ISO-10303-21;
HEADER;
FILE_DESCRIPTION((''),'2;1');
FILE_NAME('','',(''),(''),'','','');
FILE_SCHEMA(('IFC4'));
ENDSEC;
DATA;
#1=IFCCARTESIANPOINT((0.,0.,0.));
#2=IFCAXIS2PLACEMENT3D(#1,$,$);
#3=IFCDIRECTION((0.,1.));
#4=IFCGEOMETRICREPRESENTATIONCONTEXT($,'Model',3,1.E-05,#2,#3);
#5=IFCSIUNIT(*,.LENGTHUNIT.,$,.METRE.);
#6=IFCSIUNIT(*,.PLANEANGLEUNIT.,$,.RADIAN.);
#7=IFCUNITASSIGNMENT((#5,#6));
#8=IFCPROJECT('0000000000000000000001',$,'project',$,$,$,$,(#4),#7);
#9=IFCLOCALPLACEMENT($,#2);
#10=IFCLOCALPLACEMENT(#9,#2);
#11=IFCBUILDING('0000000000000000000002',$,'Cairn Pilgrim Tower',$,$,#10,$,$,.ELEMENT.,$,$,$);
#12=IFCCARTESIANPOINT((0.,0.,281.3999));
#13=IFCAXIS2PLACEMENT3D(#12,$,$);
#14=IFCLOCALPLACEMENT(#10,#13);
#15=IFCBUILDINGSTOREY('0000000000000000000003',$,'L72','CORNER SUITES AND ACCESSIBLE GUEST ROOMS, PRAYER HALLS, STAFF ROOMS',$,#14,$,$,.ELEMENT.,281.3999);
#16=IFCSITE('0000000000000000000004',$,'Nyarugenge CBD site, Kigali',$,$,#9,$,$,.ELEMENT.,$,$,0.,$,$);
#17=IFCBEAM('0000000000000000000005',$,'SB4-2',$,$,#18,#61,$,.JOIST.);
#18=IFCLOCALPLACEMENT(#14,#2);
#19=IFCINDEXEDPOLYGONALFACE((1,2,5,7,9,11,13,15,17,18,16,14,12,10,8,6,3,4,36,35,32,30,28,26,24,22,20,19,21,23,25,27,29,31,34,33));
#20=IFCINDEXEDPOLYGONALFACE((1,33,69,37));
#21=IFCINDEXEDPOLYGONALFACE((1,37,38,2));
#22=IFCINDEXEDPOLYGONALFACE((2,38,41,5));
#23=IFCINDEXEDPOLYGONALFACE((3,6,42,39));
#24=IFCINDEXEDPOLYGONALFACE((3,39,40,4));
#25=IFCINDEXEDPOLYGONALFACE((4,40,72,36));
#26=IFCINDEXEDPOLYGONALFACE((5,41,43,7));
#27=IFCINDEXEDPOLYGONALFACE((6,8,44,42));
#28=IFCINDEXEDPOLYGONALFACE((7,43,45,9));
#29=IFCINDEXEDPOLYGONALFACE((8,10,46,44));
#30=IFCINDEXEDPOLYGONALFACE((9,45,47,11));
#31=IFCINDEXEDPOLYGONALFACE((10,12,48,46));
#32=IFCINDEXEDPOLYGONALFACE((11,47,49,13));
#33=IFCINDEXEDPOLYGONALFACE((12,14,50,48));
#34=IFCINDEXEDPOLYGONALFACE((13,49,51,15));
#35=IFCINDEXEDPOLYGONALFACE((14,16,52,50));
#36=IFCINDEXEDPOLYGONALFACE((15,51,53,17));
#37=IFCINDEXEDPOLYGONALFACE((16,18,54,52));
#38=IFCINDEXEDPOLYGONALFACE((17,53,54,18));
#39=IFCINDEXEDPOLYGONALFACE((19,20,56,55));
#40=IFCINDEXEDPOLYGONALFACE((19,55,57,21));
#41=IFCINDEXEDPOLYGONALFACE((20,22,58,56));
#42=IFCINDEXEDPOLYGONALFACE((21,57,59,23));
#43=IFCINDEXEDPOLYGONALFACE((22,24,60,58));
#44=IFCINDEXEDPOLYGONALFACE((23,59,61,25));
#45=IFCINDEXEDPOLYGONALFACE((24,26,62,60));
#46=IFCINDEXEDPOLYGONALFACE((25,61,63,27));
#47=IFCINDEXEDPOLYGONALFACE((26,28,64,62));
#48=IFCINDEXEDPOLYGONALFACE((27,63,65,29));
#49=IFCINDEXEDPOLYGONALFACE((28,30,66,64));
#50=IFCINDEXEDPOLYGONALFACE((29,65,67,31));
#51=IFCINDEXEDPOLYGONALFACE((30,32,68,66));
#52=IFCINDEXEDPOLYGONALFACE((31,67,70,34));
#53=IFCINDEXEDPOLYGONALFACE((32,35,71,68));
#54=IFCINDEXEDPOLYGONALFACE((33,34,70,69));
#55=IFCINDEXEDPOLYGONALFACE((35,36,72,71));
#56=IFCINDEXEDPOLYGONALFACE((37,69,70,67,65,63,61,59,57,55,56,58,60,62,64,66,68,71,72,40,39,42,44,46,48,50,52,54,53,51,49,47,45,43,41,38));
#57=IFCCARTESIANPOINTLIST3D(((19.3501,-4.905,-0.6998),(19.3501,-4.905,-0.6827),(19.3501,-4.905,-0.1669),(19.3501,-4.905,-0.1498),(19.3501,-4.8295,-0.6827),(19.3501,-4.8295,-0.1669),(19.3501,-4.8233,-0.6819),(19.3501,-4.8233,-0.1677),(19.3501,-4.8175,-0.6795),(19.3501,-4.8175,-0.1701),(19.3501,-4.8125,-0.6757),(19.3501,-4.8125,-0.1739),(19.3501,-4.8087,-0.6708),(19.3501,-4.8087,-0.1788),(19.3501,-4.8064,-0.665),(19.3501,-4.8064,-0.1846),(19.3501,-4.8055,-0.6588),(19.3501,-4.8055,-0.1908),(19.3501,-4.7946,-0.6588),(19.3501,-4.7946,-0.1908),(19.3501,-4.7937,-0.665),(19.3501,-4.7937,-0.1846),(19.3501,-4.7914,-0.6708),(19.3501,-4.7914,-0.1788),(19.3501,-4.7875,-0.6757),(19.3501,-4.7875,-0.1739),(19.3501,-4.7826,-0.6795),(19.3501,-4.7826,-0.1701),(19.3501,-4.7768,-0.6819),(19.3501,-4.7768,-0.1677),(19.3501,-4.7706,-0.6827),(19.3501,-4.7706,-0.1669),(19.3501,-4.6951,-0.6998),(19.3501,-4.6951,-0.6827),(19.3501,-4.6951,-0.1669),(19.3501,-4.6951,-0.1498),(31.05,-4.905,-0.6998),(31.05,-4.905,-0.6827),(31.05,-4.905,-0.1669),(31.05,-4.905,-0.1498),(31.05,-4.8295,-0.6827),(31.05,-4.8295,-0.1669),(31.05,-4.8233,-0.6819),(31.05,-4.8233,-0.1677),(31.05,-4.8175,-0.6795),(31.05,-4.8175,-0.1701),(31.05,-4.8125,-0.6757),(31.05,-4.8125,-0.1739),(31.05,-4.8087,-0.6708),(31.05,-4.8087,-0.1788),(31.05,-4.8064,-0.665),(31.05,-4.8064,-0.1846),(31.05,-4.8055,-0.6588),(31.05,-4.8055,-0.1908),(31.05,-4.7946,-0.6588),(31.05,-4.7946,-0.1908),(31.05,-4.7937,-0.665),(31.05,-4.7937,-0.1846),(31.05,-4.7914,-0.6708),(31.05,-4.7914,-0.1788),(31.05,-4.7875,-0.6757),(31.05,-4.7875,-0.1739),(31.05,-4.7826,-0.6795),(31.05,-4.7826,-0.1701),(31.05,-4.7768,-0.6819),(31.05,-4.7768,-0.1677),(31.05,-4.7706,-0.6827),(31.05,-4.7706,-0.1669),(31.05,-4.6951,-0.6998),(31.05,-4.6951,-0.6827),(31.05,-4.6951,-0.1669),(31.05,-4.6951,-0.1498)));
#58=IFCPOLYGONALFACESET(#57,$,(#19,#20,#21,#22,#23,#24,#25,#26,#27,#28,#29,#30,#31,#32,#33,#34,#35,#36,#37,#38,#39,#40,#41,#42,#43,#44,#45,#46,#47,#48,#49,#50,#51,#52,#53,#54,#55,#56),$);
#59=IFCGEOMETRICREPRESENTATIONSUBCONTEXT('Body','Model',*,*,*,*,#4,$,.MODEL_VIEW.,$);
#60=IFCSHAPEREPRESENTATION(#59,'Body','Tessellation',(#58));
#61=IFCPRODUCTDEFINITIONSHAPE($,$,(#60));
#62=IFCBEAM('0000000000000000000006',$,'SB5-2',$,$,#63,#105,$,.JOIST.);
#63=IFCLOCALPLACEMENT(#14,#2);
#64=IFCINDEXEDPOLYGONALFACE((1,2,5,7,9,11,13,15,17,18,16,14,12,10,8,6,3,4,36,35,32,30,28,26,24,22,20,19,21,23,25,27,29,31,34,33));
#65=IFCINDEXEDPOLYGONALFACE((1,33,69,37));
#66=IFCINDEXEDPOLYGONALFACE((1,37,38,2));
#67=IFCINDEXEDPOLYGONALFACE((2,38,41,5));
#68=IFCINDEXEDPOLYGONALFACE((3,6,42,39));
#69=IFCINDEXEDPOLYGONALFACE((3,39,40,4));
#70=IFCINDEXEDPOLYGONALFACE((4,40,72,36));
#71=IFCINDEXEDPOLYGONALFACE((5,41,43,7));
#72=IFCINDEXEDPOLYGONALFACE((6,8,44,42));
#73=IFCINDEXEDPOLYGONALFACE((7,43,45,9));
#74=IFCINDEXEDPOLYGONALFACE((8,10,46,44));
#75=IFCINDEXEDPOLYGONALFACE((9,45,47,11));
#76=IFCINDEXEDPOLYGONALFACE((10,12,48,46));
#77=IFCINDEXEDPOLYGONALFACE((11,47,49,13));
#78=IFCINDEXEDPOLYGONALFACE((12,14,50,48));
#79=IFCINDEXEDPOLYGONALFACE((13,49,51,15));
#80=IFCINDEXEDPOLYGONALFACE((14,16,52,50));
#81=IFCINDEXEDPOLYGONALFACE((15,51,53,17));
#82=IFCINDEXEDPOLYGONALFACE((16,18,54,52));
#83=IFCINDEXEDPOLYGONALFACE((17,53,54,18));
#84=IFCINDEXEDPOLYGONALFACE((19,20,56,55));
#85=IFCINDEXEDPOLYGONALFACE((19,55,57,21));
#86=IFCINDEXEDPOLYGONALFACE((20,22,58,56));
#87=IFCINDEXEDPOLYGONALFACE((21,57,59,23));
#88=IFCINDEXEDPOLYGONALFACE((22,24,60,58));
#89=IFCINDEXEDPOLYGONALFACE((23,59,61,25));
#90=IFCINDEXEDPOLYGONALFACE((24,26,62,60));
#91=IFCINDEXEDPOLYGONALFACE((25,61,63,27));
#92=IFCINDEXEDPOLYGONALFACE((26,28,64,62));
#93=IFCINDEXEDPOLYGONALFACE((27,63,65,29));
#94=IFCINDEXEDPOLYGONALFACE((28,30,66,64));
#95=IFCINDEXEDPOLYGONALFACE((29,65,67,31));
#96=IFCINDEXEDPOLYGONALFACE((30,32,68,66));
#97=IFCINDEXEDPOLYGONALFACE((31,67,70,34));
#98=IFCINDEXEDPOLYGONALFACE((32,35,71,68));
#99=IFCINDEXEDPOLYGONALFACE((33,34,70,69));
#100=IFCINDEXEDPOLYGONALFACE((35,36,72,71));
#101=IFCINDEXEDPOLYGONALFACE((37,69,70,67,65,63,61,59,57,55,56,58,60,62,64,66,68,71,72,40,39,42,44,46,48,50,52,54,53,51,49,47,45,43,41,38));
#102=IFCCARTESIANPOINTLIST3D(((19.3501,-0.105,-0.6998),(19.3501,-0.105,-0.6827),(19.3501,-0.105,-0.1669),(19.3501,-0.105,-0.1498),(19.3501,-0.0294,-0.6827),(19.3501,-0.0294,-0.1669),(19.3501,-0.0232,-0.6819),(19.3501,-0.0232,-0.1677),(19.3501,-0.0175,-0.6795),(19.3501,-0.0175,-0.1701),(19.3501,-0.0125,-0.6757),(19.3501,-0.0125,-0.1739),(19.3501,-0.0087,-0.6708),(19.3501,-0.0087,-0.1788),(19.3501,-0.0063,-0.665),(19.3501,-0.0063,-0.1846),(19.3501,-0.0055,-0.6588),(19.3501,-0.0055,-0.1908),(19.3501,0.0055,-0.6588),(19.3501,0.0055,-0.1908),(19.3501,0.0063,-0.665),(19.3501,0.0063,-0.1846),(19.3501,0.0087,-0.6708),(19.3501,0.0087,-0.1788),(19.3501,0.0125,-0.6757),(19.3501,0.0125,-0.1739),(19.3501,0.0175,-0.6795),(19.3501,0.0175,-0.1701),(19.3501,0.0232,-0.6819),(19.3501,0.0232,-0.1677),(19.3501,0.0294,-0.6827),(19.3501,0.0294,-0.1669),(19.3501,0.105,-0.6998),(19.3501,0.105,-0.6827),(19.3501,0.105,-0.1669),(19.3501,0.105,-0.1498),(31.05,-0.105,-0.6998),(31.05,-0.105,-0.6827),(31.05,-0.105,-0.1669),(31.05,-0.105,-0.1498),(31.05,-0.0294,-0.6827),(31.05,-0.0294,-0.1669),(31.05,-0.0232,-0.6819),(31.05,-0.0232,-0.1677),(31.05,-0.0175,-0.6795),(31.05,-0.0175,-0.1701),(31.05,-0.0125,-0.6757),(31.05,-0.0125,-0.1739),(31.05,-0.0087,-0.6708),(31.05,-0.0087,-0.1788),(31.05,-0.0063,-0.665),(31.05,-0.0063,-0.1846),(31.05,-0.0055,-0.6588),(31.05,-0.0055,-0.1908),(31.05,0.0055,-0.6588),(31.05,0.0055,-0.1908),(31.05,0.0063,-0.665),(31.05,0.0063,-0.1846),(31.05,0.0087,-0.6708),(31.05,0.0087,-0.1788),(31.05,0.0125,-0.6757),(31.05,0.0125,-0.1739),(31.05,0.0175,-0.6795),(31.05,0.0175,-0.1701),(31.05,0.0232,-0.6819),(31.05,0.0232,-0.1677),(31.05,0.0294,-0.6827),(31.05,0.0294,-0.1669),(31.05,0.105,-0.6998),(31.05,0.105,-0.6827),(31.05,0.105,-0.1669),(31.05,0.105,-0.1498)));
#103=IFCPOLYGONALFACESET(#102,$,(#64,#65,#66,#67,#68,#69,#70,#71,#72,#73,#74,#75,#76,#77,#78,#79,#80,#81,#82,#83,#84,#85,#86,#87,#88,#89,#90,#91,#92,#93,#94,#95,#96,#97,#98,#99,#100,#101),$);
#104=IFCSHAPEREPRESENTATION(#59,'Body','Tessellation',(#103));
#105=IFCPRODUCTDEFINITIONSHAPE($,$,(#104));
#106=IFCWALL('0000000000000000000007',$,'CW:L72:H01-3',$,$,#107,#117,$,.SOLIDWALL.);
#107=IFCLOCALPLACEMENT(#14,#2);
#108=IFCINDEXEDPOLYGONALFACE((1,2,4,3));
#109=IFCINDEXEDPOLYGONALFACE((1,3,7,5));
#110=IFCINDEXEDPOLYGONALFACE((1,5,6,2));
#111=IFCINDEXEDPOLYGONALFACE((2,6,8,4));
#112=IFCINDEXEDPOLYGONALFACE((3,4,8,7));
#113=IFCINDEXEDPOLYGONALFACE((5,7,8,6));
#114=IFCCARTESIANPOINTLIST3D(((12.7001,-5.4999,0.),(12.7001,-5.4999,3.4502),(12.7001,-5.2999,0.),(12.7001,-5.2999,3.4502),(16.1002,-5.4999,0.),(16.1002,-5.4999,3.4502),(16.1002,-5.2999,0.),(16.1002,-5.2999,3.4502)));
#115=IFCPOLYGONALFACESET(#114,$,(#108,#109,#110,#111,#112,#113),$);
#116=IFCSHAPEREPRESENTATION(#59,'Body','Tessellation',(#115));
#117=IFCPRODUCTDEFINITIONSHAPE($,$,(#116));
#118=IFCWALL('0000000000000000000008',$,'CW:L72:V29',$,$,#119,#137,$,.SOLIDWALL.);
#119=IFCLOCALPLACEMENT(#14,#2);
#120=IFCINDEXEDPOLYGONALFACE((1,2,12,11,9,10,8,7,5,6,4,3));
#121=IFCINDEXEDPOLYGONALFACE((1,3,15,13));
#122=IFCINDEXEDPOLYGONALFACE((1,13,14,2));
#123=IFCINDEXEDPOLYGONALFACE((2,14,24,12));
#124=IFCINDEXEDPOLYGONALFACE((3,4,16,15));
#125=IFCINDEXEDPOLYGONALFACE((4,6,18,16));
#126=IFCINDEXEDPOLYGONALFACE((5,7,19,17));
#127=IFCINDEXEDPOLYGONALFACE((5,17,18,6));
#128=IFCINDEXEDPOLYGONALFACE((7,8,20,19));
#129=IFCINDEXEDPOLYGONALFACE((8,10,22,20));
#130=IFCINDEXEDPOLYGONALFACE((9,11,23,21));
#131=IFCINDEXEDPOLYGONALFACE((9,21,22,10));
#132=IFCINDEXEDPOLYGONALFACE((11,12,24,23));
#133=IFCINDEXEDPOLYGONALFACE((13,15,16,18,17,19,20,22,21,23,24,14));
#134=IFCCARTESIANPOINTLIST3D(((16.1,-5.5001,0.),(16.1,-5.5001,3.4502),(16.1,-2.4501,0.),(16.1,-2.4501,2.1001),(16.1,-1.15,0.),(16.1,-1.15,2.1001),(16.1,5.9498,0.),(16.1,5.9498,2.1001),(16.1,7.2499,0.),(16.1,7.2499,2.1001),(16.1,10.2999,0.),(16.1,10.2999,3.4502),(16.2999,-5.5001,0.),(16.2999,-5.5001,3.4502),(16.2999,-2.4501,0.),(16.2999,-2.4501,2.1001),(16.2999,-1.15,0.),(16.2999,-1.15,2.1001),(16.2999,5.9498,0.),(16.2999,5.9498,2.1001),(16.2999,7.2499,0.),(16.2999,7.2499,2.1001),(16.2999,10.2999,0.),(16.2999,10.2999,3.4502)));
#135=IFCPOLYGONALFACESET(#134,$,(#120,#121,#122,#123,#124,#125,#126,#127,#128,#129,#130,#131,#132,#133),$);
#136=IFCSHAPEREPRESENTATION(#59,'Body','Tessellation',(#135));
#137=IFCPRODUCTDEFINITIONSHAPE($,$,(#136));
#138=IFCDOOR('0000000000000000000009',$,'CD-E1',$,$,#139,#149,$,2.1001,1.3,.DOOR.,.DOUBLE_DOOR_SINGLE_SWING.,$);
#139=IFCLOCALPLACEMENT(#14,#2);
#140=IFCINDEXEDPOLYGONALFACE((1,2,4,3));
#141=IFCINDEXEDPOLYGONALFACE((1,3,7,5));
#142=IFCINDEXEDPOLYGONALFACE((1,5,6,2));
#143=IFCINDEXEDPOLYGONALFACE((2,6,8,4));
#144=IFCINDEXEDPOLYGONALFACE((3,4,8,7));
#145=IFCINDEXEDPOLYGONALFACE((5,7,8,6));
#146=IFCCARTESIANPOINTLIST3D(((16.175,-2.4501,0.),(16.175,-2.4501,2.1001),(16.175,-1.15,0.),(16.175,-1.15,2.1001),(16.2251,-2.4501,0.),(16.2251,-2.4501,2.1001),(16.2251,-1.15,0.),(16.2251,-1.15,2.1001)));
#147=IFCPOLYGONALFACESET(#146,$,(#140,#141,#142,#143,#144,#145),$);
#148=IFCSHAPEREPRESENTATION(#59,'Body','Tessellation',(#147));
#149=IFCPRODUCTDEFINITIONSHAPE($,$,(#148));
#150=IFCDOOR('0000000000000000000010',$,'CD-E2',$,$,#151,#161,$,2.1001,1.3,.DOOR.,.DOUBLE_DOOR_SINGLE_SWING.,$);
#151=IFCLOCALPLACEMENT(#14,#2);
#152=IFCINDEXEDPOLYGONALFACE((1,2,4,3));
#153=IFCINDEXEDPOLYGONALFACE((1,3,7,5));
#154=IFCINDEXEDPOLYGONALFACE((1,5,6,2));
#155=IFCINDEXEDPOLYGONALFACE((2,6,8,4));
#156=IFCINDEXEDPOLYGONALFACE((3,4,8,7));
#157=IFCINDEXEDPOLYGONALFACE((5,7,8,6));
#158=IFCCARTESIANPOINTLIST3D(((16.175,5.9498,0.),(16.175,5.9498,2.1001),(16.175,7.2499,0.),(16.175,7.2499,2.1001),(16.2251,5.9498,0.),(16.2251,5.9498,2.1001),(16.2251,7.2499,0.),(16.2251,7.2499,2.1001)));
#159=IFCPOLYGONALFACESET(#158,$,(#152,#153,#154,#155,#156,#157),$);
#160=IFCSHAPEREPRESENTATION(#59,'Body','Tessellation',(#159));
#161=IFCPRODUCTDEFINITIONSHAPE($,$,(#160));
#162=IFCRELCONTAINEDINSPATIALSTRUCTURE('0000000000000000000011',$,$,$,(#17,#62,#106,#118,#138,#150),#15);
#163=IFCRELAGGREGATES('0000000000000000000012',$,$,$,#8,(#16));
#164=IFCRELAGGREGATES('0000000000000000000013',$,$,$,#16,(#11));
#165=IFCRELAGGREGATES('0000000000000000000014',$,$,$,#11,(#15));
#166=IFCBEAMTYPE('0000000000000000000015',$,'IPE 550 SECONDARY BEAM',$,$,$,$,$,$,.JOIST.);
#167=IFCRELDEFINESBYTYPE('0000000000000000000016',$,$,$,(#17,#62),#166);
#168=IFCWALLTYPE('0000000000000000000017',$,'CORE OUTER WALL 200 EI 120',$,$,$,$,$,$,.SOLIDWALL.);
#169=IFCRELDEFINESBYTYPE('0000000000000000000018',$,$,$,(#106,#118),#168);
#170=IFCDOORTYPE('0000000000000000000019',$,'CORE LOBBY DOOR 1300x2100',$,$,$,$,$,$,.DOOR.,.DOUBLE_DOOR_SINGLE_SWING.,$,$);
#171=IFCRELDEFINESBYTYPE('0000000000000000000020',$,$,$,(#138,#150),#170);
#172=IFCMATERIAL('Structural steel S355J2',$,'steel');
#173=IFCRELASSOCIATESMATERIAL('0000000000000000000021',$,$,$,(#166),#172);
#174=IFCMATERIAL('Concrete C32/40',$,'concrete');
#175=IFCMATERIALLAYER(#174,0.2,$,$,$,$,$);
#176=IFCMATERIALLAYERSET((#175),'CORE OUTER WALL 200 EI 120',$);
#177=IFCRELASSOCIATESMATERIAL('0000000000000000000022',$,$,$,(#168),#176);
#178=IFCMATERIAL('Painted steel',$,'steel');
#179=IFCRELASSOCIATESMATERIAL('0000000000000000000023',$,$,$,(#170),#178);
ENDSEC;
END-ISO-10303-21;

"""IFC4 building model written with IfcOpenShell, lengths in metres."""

from ifc_helpers import new_model, si_unit, direction, frame, frame_2d, origin, origin_2d, place, context, subcontext, project, spatial, rectangle, i_section, extrude, material, layer, layer_set, material_profile, profile_set, type_object, element, fill, save


model = new_model("IFC4")

# Units and contexts
model_context = context("Model", 3, precision=1e-05, world=origin(), true_north=direction((0.0, 1.0)))
body_context = subcontext(model_context, "Body", "Model", "MODEL_VIEW")
ifc_project = project(units=[si_unit("LENGTHUNIT", "METRE"), si_unit("PLANEANGLEUNIT", "RADIAN")], contexts=[model_context])

# Site, building, storey
site_placement = place(None, origin())
site = spatial("IfcSite", under=ifc_project, at=site_placement, Name="Nyarugenge CBD site, Kigali", CompositionType="ELEMENT", RefElevation=0.0)
building_placement = place(site_placement, origin())
building = spatial("IfcBuilding", under=site, at=building_placement, Name="Cairn Pilgrim Tower", CompositionType="ELEMENT")
storey_placement = place(building_placement, frame((0.0, 0.0, 281.3999)))
storey = spatial("IfcBuildingStorey", under=building, at=storey_placement, Name="L72", Description="CORNER SUITES AND ACCESSIBLE GUEST ROOMS, PRAYER HALLS, STAFF ROOMS", CompositionType="ELEMENT", Elevation=281.3999)

# Shared definitions
ifc_material_1 = material(Name="Structural steel S355J2", Category="steel")

# Beams
ifc_material_profile_1 = material_profile(ifc_material_1, i_section(OverallWidth=0.21, OverallDepth=0.55, WebThickness=0.011, FlangeThickness=0.0171, FilletRadius=0.0239, at=origin_2d()), Name="IPE 550")
ifc_profile_set_1 = profile_set([ifc_material_profile_1], Name="Structural steel S355J2")
beam_type_1 = type_object("IfcBeamType", Name="IPE 550 SECONDARY BEAM", PredefinedType="JOIST", material=ifc_profile_set_1)
for number, where, z_axis, x_axis, name in (
    (1, (19.3501, -4.8, -0.4248), (1.0, 0.0, 0.0), (0.0, 1.0, 0.0), "SB4-2"),
    (2, (19.3501, 0.0, -0.4248), (1.0, 0.0, 0.0), (0.0, 1.0, 0.0), "SB5-2"),
):
    element("IfcBeam", number, at=place(storey_placement, frame(where, z_axis=z_axis, x_axis=x_axis)), inside=storey, type_object=beam_type_1, Name=name, PredefinedType="JOIST", context=body_context, shape_type="SweptSolid", body=[
        extrude(i_section(OverallWidth=0.21, OverallDepth=0.55, WebThickness=0.011, FlangeThickness=0.0171, FilletRadius=0.0239, at=origin_2d()), origin(), (0.0, 0.0, 1.0), 11.7),
    ])

# Wall
ifc_material_2 = material(Name="Concrete C32/40", Category="concrete")
ifc_layer_1 = layer(ifc_material_2, 0.2)
ifc_layer_set_1 = layer_set([ifc_layer_1], Name="CORE OUTER WALL 200 EI 120")
wall_type_1 = type_object("IfcWallType", Name="CORE OUTER WALL 200 EI 120", PredefinedType="SOLIDWALL", material=ifc_layer_set_1)
wall_1_placement = place(storey_placement, frame((12.7, -5.3999, 0.0), z_axis=(0.0, 0.0, 1.0), x_axis=(1.0, 0.0, 0.0)))
element("IfcWall", 3, at=wall_1_placement, inside=storey, type_object=wall_type_1, Name="CW:L72:H01-3", PredefinedType="SOLIDWALL", context=body_context, shape_type="SweptSolid", body=[
    extrude(rectangle(XDim=3.4001, YDim=0.2, at=frame_2d((1.7002, 0.0))), origin(), (0.0, 0.0, 1.0), 3.4502),
])

# Wall, openings, doors
wall_2_placement = place(storey_placement, frame((16.2, -5.5, 0.0), z_axis=(0.0, 0.0, 1.0), x_axis=(0.0, 1.0, 0.0)))
wall_2 = element("IfcWall", 4, at=wall_2_placement, inside=storey, type_object=wall_type_1, Name="CW:L72:V29", PredefinedType="SOLIDWALL", context=body_context, shape_type="SweptSolid", body=[
    extrude(rectangle(XDim=15.8, YDim=0.2, at=frame_2d((7.8999, 0.0))), origin(), (0.0, 0.0, 1.0), 3.4502),
])
opening_1_placement = place(wall_2_placement, frame((3.05, 0.0, 0.0)))
opening_1 = element("IfcOpeningElement", 5, at=opening_1_placement, cuts=wall_2, PredefinedType="OPENING", context=body_context, shape_type="SweptSolid", body=[
    extrude(rectangle(XDim=1.3, YDim=2.1001, at=frame_2d((0.6499, 1.05))), frame((0.0, 0.1099, 0.0), z_axis=(0.0, -1.0, 0.0), x_axis=(1.0, 0.0, 0.0)), (0.0, 0.0, 1.0), 0.22),
])
opening_2_placement = place(wall_2_placement, frame((11.45, 0.0, 0.0)))
opening_2 = element("IfcOpeningElement", 6, at=opening_2_placement, cuts=wall_2, PredefinedType="OPENING", context=body_context, shape_type="SweptSolid", body=[
    extrude(rectangle(XDim=1.3, YDim=2.1001, at=frame_2d((0.6499, 1.05))), frame((0.0, 0.1099, 0.0), z_axis=(0.0, -1.0, 0.0), x_axis=(1.0, 0.0, 0.0)), (0.0, 0.0, 1.0), 0.22),
])
ifc_material_3 = material(Name="Painted steel", Category="steel")
door_type_1 = type_object("IfcDoorType", Name="CORE LOBBY DOOR 1300x2100", OperationType="DOUBLE_DOOR_SINGLE_SWING", PredefinedType="DOOR", material=ifc_material_3)
door_1_placement = place(opening_1_placement, origin())
door_1 = element("IfcDoor", 7, at=door_1_placement, inside=storey, type_object=door_type_1, Name="CD-E1", OperationType="DOUBLE_DOOR_SINGLE_SWING", OverallHeight=2.1001, OverallWidth=1.3, PredefinedType="DOOR", context=body_context, shape_type="SweptSolid", body=[
    extrude(rectangle(XDim=1.3, YDim=2.1001, at=frame_2d((0.6499, 1.05))), frame((0.0, 0.0249, 0.0), z_axis=(0.0, -1.0, 0.0), x_axis=(1.0, 0.0, 0.0)), (0.0, 0.0, 1.0), 0.05),
])
fill(opening_1, door_1)
door_2_placement = place(opening_2_placement, origin())
door_2 = element("IfcDoor", 8, at=door_2_placement, inside=storey, type_object=door_type_1, Name="CD-E2", OperationType="DOUBLE_DOOR_SINGLE_SWING", OverallHeight=2.1001, OverallWidth=1.3, PredefinedType="DOOR", context=body_context, shape_type="SweptSolid", body=[
    extrude(rectangle(XDim=1.3, YDim=2.1001, at=frame_2d((0.6499, 1.05))), frame((0.0, 0.0249, 0.0), z_axis=(0.0, -1.0, 0.0), x_axis=(1.0, 0.0, 0.0)), (0.0, 0.0, 1.0), 0.05),
])
fill(opening_2, door_2)

save(model, "model.ifc")
